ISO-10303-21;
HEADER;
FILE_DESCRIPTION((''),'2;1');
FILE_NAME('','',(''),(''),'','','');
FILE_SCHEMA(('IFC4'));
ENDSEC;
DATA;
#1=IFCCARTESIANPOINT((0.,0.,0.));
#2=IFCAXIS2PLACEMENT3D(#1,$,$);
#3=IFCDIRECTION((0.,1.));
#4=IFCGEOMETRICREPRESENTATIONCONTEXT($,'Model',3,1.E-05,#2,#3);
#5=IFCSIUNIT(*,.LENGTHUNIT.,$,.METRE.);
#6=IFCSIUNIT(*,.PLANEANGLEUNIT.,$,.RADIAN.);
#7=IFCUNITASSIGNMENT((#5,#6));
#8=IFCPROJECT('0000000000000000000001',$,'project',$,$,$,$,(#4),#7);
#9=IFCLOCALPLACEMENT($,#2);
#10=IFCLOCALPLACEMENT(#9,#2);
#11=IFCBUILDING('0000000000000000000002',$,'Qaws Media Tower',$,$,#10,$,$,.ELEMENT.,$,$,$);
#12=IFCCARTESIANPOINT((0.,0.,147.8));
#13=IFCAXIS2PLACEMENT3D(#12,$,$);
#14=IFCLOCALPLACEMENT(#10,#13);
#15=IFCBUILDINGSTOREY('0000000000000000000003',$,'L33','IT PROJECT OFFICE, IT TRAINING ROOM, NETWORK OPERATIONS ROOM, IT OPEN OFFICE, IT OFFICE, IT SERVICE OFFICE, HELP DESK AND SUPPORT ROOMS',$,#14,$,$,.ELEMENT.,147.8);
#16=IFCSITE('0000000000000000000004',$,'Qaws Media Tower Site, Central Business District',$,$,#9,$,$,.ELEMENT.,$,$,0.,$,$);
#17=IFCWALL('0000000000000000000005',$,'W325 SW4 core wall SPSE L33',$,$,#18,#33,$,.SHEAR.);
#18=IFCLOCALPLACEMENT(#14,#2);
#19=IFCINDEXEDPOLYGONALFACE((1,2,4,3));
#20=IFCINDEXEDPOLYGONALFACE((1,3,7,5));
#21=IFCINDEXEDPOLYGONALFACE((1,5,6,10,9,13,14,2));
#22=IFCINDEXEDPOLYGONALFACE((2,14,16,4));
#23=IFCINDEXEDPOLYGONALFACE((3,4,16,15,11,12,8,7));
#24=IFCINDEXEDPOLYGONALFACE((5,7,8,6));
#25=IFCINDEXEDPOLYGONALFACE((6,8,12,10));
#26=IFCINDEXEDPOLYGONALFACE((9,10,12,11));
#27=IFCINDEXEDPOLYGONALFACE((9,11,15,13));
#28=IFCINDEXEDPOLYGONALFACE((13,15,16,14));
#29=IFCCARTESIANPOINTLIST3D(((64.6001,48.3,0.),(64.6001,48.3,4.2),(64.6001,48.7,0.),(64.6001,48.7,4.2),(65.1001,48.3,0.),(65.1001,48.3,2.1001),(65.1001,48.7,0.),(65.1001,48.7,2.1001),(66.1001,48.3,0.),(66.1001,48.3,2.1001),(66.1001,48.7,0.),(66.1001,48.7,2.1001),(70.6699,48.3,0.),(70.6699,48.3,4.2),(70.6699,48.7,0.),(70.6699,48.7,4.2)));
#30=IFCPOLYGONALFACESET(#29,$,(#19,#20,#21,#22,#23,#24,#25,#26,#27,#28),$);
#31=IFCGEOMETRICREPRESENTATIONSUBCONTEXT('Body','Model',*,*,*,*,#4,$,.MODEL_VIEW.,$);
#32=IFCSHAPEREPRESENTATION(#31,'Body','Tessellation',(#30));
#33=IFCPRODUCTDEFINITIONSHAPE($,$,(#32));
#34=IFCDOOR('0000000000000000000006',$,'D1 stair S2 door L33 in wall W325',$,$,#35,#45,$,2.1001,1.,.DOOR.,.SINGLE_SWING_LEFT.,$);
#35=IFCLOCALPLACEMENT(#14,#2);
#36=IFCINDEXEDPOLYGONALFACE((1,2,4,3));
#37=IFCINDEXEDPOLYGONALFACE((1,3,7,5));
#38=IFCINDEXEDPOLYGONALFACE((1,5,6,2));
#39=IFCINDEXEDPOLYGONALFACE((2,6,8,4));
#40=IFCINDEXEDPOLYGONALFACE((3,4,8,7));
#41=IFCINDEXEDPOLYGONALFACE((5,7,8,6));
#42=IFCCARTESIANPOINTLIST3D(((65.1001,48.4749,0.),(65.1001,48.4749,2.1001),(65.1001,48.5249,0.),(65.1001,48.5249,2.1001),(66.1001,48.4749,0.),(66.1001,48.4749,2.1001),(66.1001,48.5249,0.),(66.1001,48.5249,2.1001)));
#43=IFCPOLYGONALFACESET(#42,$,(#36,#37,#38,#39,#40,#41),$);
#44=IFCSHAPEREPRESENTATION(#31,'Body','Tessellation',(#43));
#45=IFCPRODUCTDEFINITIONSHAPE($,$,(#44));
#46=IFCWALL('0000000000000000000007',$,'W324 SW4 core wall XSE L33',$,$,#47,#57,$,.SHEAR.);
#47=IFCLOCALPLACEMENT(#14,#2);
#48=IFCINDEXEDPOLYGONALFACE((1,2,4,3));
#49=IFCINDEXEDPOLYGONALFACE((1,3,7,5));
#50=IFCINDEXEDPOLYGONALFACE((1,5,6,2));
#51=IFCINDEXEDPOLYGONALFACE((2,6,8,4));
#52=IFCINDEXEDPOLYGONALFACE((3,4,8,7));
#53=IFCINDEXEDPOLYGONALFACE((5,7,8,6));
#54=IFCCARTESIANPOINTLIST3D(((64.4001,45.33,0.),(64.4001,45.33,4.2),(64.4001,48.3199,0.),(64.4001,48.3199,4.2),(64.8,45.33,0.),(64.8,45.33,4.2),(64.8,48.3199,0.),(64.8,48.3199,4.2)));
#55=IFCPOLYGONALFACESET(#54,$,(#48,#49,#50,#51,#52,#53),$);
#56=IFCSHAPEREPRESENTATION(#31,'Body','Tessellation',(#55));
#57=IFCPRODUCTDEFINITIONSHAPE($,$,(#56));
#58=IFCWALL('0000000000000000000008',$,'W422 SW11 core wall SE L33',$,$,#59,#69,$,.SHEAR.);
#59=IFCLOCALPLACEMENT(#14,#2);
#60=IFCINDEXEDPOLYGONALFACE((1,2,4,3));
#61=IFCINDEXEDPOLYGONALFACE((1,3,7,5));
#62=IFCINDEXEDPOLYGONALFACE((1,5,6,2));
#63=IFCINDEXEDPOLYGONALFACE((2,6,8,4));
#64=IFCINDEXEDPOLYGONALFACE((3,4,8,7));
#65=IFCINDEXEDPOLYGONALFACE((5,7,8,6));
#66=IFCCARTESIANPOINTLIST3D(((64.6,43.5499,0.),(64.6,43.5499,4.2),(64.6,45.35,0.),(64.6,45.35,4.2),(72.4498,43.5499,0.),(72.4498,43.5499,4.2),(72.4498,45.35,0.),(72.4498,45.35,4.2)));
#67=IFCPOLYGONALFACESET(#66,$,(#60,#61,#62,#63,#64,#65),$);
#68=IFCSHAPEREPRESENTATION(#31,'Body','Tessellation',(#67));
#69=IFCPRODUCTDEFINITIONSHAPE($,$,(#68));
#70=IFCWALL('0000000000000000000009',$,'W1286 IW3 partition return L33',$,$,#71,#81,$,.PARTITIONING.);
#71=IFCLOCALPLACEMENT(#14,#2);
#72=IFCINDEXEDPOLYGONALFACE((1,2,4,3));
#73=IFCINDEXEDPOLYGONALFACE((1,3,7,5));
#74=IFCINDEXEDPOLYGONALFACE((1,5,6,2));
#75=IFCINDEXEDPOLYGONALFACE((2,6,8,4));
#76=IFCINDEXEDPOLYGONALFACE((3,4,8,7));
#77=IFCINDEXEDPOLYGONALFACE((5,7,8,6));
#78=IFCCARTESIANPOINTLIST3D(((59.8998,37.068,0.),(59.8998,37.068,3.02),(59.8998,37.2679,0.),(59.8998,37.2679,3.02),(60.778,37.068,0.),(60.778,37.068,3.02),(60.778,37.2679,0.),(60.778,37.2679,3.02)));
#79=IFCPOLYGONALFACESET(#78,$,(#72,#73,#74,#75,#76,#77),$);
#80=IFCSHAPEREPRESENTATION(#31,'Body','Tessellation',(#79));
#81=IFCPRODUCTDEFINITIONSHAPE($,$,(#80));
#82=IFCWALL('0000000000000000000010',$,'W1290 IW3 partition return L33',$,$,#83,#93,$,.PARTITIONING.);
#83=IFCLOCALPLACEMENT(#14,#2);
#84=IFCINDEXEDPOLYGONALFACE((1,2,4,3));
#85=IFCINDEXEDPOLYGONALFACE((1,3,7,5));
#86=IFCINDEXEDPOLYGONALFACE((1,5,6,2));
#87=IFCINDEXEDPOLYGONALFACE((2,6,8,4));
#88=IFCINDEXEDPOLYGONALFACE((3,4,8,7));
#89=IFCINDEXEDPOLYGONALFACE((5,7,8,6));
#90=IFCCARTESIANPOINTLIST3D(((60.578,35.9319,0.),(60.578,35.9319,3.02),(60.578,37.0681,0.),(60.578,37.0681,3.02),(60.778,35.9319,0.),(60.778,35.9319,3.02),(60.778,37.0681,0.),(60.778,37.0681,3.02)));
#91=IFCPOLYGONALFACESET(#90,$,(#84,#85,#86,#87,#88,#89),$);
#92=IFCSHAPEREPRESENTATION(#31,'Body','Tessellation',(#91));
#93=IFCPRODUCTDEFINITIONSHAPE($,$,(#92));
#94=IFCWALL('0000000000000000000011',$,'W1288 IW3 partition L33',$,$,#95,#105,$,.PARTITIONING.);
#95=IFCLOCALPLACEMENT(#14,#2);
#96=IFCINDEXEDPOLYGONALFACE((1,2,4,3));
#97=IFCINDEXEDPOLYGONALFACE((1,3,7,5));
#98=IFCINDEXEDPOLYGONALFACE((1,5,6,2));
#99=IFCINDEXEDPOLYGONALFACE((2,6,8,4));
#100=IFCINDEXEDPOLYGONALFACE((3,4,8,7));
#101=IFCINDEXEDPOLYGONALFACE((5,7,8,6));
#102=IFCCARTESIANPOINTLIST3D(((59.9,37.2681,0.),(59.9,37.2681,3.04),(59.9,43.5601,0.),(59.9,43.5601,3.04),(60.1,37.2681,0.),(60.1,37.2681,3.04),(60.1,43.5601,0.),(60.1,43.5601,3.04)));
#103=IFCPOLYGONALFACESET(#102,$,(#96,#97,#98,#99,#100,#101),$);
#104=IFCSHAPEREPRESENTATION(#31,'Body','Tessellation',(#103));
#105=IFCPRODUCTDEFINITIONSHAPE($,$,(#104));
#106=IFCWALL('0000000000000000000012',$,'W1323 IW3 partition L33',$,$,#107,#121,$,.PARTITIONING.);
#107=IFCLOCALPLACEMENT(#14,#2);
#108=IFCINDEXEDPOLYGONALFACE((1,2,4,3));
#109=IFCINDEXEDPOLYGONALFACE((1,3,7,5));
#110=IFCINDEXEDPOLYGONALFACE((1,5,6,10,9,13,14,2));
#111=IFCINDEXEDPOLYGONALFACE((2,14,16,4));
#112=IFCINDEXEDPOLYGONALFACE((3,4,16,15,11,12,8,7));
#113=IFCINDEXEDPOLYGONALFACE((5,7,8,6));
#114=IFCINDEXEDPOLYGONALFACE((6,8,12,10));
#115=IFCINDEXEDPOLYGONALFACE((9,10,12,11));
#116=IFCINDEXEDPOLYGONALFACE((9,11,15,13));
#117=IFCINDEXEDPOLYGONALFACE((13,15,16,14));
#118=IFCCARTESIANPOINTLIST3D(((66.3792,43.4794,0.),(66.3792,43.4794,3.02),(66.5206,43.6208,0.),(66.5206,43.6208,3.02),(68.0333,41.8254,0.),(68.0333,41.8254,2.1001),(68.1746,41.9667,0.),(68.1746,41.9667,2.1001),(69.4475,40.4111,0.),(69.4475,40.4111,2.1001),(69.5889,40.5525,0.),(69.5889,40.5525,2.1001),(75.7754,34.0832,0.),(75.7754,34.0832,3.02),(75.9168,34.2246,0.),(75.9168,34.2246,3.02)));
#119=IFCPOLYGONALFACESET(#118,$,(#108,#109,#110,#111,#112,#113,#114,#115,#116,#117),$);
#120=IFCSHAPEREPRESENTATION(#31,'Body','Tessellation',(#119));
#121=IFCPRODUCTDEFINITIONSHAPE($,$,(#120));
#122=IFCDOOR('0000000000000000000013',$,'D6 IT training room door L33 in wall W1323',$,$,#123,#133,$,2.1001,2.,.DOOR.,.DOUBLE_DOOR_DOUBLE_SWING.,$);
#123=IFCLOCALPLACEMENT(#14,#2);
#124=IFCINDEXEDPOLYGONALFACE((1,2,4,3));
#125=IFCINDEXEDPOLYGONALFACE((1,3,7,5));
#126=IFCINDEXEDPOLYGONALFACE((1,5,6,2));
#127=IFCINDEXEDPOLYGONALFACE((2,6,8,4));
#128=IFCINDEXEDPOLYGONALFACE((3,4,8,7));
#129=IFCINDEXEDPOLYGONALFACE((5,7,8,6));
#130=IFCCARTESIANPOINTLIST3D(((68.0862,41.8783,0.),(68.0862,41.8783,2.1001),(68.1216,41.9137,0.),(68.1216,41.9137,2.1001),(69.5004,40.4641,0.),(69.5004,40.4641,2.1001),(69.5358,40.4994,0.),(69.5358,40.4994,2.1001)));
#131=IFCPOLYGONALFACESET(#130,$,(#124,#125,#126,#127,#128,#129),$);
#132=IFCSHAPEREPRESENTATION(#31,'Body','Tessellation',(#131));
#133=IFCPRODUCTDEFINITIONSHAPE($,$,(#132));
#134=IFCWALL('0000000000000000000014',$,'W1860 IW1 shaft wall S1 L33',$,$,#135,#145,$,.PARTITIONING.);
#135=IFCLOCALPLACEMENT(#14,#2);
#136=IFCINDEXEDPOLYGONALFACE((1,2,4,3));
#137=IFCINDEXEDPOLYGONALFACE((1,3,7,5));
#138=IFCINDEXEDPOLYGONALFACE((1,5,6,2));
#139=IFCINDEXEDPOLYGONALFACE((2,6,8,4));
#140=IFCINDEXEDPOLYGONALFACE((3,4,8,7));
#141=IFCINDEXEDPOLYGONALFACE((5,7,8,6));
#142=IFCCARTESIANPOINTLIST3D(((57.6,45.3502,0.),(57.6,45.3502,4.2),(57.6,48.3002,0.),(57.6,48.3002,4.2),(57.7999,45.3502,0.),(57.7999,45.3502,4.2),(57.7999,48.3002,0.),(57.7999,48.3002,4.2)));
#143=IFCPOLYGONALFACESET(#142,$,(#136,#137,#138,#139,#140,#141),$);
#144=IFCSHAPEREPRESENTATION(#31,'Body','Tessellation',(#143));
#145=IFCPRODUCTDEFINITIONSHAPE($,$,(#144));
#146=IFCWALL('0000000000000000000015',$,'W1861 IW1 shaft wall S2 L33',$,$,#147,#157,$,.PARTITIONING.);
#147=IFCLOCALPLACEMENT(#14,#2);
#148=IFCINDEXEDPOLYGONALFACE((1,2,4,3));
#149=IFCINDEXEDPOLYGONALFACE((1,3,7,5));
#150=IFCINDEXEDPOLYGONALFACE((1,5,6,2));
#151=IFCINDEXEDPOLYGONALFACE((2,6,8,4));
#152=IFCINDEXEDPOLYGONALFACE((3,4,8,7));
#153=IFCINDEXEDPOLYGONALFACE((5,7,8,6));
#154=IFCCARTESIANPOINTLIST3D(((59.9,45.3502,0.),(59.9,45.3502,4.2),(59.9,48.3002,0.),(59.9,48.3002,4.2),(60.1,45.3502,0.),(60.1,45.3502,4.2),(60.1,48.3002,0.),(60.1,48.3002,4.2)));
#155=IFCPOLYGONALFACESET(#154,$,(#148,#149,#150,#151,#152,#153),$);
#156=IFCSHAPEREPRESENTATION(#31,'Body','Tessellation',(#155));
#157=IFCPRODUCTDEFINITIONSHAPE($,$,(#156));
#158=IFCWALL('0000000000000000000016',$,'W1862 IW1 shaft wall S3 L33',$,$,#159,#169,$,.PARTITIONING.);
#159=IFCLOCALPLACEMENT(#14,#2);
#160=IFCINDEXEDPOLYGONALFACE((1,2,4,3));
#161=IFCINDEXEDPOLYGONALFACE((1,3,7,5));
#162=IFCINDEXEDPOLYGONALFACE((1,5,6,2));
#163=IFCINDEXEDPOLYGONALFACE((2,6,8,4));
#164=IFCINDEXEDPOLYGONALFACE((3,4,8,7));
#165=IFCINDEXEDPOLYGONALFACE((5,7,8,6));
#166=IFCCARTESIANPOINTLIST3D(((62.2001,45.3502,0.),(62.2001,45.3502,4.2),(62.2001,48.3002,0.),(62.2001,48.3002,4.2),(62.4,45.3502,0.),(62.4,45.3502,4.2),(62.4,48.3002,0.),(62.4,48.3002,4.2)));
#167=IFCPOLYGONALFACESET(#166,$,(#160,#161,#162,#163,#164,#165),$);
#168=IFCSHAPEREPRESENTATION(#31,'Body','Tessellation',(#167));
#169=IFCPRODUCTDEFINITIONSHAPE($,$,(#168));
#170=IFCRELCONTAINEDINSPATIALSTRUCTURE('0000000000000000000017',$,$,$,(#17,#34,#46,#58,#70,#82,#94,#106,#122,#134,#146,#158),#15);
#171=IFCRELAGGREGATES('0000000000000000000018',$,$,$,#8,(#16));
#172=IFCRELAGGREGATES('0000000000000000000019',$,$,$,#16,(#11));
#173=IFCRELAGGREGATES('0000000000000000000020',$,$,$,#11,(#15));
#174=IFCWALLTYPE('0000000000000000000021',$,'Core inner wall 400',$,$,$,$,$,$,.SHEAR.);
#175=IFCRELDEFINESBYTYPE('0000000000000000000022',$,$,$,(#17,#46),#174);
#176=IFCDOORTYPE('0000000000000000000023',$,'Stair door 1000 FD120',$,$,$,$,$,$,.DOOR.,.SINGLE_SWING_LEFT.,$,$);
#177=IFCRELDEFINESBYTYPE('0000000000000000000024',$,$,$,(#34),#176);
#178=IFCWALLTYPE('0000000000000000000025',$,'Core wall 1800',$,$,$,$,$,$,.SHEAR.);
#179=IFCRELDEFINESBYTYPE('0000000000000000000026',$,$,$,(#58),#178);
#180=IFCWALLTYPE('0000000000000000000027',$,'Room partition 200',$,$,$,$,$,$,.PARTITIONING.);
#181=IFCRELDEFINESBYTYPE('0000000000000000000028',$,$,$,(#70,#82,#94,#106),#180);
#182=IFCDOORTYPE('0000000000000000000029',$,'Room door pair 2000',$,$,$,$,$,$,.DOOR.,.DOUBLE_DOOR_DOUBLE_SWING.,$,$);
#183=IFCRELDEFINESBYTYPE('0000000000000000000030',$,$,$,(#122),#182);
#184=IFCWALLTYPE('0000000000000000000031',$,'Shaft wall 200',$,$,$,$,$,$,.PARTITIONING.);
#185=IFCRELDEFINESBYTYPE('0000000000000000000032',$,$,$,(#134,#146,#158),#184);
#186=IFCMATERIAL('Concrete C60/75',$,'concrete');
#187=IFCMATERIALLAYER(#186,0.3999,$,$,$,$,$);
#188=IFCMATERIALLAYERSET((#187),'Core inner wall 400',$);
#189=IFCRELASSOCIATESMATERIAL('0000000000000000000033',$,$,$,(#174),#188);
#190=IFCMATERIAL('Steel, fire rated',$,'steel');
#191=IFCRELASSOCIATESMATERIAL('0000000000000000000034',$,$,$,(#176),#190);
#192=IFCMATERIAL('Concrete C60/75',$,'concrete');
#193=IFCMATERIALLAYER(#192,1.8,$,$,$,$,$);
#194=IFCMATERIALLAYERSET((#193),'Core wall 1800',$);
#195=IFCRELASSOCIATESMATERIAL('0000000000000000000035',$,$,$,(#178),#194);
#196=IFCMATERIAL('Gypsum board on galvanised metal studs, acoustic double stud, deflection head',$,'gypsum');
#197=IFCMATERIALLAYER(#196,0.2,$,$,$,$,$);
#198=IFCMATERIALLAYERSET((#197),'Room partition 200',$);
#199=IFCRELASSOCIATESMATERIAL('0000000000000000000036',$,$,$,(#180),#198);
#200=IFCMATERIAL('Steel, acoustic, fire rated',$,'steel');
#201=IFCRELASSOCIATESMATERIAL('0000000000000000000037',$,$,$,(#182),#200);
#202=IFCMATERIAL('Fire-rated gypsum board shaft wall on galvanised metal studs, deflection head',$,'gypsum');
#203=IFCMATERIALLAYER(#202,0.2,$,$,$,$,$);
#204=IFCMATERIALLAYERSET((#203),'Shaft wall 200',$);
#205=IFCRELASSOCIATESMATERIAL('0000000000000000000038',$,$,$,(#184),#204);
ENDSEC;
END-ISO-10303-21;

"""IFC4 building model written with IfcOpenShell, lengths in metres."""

from ifc_helpers import new_model, si_unit, direction, frame, frame_2d, origin, place, context, subcontext, project, spatial, rectangle, extrude, material, layer, layer_set, type_object, element, fill, save


model = new_model("IFC4")

# Units and contexts
model_context = context("Model", 3, precision=1e-05, world=origin(), true_north=direction((0.0, 1.0)))
body_context = subcontext(model_context, "Body", "Model", "MODEL_VIEW")
ifc_project = project(units=[si_unit("LENGTHUNIT", "METRE"), si_unit("PLANEANGLEUNIT", "RADIAN")], contexts=[model_context])

# Site, building, storey
site_placement = place(None, origin())
site = spatial("IfcSite", under=ifc_project, at=site_placement, Name="Qaws Media Tower Site, Central Business District", CompositionType="ELEMENT", RefElevation=0.0)
building_placement = place(site_placement, origin())
building = spatial("IfcBuilding", under=site, at=building_placement, Name="Qaws Media Tower", CompositionType="ELEMENT")
storey_placement = place(building_placement, frame((0.0, 0.0, 147.8)))
storey = spatial("IfcBuildingStorey", under=building, at=storey_placement, Name="L33", Description="IT PROJECT OFFICE, IT TRAINING ROOM, NETWORK OPERATIONS ROOM, IT OPEN OFFICE, IT OFFICE, IT SERVICE OFFICE, HELP DESK AND SUPPORT ROOMS", CompositionType="ELEMENT", Elevation=147.8)

# Wall, opening, door
ifc_material_1 = material(Name="Concrete C60/75", Category="concrete")
ifc_layer_1 = layer(ifc_material_1, 0.3999)
ifc_layer_set_1 = layer_set([ifc_layer_1], Name="Core inner wall 400")
wall_type_1 = type_object("IfcWallType", Name="Core inner wall 400", PredefinedType="SHEAR", material=ifc_layer_set_1)
wall_1_placement = place(storey_placement, frame((64.6001, 48.5, 0.0), z_axis=(0.0, 0.0, 1.0), x_axis=(1.0, 0.0, 0.0)))
wall_1 = element("IfcWall", 1, at=wall_1_placement, inside=storey, type_object=wall_type_1, Name="W325 SW4 core wall SPSE L33", PredefinedType="SHEAR", context=body_context, shape_type="SweptSolid", body=[
    extrude(rectangle(XDim=6.0698, YDim=0.3999, at=frame_2d((3.0349, 0.0))), origin(), (0.0, 0.0, 1.0), 4.2),
])
opening_1_placement = place(wall_1_placement, frame((0.5, 0.0, 0.0)))
opening_1 = element("IfcOpeningElement", 2, at=opening_1_placement, cuts=wall_1, PredefinedType="OPENING", context=body_context, shape_type="SweptSolid", body=[
    extrude(rectangle(XDim=1.0, YDim=2.1001, at=frame_2d((0.5, 1.05))), frame((0.0, 0.21, 0.0), z_axis=(0.0, -1.0, 0.0), x_axis=(1.0, 0.0, 0.0)), (0.0, 0.0, 1.0), 0.4199),
])
ifc_material_2 = material(Name="Steel, fire rated", Category="steel")
door_type_1 = type_object("IfcDoorType", Name="Stair door 1000 FD120", OperationType="SINGLE_SWING_LEFT", PredefinedType="DOOR", material=ifc_material_2)
door_1_placement = place(opening_1_placement, origin())
door_1 = element("IfcDoor", 3, at=door_1_placement, inside=storey, type_object=door_type_1, Name="D1 stair S2 door L33 in wall W325", OperationType="SINGLE_SWING_LEFT", OverallHeight=2.1001, OverallWidth=1.0, PredefinedType="DOOR", context=body_context, shape_type="SweptSolid", body=[
    extrude(rectangle(XDim=1.0, YDim=2.1001, at=frame_2d((0.5, 1.05))), frame((0.0, 0.0249, 0.0), z_axis=(0.0, -1.0, 0.0), x_axis=(1.0, 0.0, 0.0)), (0.0, 0.0, 1.0), 0.05),
])
fill(opening_1, door_1)

# Walls
wall_2_placement = place(storey_placement, frame((64.6001, 48.3201, 0.0), z_axis=(0.0, 0.0, 1.0), x_axis=(0.0, -1.0, 0.0)))
element("IfcWall", 4, at=wall_2_placement, inside=storey, type_object=wall_type_1, Name="W324 SW4 core wall XSE L33", PredefinedType="SHEAR", context=body_context, shape_type="SweptSolid", body=[
    extrude(rectangle(XDim=2.99, YDim=0.3999, at=frame_2d((1.4951, 0.0))), origin(), (0.0, 0.0, 1.0), 4.2),
])
ifc_material_3 = material(Name="Concrete C60/75", Category="concrete")
ifc_layer_2 = layer(ifc_material_3, 1.8)
ifc_layer_set_2 = layer_set([ifc_layer_2], Name="Core wall 1800")
wall_type_2 = type_object("IfcWallType", Name="Core wall 1800", PredefinedType="SHEAR", material=ifc_layer_set_2)
wall_3_placement = place(storey_placement, frame((64.6001, 44.45, 0.0), z_axis=(0.0, 0.0, 1.0), x_axis=(1.0, 0.0, 0.0)))
element("IfcWall", 5, at=wall_3_placement, inside=storey, type_object=wall_type_2, Name="W422 SW11 core wall SE L33", PredefinedType="SHEAR", context=body_context, shape_type="SweptSolid", body=[
    extrude(rectangle(XDim=7.8499, YDim=1.8, at=frame_2d((3.9248, 0.0))), origin(), (0.0, 0.0, 1.0), 4.2),
])
ifc_material_4 = material(Name="Gypsum board on galvanised metal studs, acoustic double stud, deflection head", Category="gypsum")
ifc_layer_3 = layer(ifc_material_4, 0.2)
ifc_layer_set_3 = layer_set([ifc_layer_3], Name="Room partition 200")
wall_type_3 = type_object("IfcWallType", Name="Room partition 200", PredefinedType="PARTITIONING", material=ifc_layer_set_3)
wall_4_placement = place(storey_placement, frame((59.8999, 37.168, 0.0), z_axis=(0.0, 0.0, 1.0), x_axis=(1.0, 0.0, 0.0)))
element("IfcWall", 6, at=wall_4_placement, inside=storey, type_object=wall_type_3, Name="W1286 IW3 partition return L33", PredefinedType="PARTITIONING", context=body_context, shape_type="SweptSolid", body=[
    extrude(rectangle(XDim=0.8782, YDim=0.2, at=frame_2d((0.439, 0.0))), origin(), (0.0, 0.0, 1.0), 3.02),
])
wall_5_placement = place(storey_placement, frame((60.678, 37.0681, 0.0), z_axis=(0.0, 0.0, 1.0), x_axis=(0.0, -1.0, 0.0)))
element("IfcWall", 7, at=wall_5_placement, inside=storey, type_object=wall_type_3, Name="W1290 IW3 partition return L33", PredefinedType="PARTITIONING", context=body_context, shape_type="SweptSolid", body=[
    extrude(rectangle(XDim=1.1362, YDim=0.2, at=frame_2d((0.5681, 0.0))), origin(), (0.0, 0.0, 1.0), 3.02),
])
wall_6_placement = place(storey_placement, frame((60.0, 43.5601, 0.0), z_axis=(0.0, 0.0, 1.0), x_axis=(0.0, -1.0, 0.0)))
element("IfcWall", 8, at=wall_6_placement, inside=storey, type_object=wall_type_3, Name="W1288 IW3 partition L33", PredefinedType="PARTITIONING", context=body_context, shape_type="SweptSolid", body=[
    extrude(rectangle(XDim=6.292, YDim=0.2, at=frame_2d((3.146, 0.0))), origin(), (0.0, 0.0, 1.0), 3.04),
])

# Wall, opening, door
wall_7_placement = place(storey_placement, frame((66.45, 43.55, 0.0), z_axis=(0.0, 0.0, 1.0), x_axis=(0.707107, -0.707107, 0.0)))
wall_7 = element("IfcWall", 9, at=wall_7_placement, inside=storey, type_object=wall_type_3, Name="W1323 IW3 partition L33", PredefinedType="PARTITIONING", context=body_context, shape_type="SweptSolid", body=[
    extrude(rectangle(XDim=13.2883, YDim=0.2, at=frame_2d((6.644, 0.0))), origin(), (0.0, 0.0, 1.0), 3.02),
])
opening_2_placement = place(wall_7_placement, frame((2.3391, 0.0, 0.0)))
opening_2 = element("IfcOpeningElement", 10, at=opening_2_placement, cuts=wall_7, PredefinedType="OPENING", context=body_context, shape_type="SweptSolid", body=[
    extrude(rectangle(XDim=2.0, YDim=2.1001, at=frame_2d((1.0, 1.05))), frame((0.0, 0.1099, 0.0), z_axis=(0.0, -1.0, 0.0), x_axis=(1.0, 0.0, 0.0)), (0.0, 0.0, 1.0), 0.22),
])
ifc_material_5 = material(Name="Steel, acoustic, fire rated", Category="steel")
door_type_2 = type_object("IfcDoorType", Name="Room door pair 2000", OperationType="DOUBLE_DOOR_DOUBLE_SWING", PredefinedType="DOOR", material=ifc_material_5)
door_2_placement = place(opening_2_placement, origin())
door_2 = element("IfcDoor", 11, at=door_2_placement, inside=storey, type_object=door_type_2, Name="D6 IT training room door L33 in wall W1323", OperationType="DOUBLE_DOOR_DOUBLE_SWING", OverallHeight=2.1001, OverallWidth=2.0, PredefinedType="DOOR", context=body_context, shape_type="SweptSolid", body=[
    extrude(rectangle(XDim=2.0, YDim=2.1001, at=frame_2d((1.0, 1.05))), frame((0.0, 0.0249, 0.0), z_axis=(0.0, -1.0, 0.0), x_axis=(1.0, 0.0, 0.0)), (0.0, 0.0, 1.0), 0.05),
])
fill(opening_2, door_2)

# Walls
ifc_material_6 = material(Name="Fire-rated gypsum board shaft wall on galvanised metal studs, deflection head", Category="gypsum")
ifc_layer_4 = layer(ifc_material_6, 0.2)
ifc_layer_set_4 = layer_set([ifc_layer_4], Name="Shaft wall 200")
wall_type_4 = type_object("IfcWallType", Name="Shaft wall 200", PredefinedType="PARTITIONING", material=ifc_layer_set_4)
for number, where, z_axis, x_axis, name in (
    (12, (57.7, 45.3501, 0.0), (0.0, 0.0, 1.0), (0.0, 1.0, 0.0), "W1860 IW1 shaft wall S1 L33"),
    (13, (60.0, 45.3501, 0.0), (0.0, 0.0, 1.0), (0.0, 1.0, 0.0), "W1861 IW1 shaft wall S2 L33"),
    (14, (62.3, 45.3501, 0.0), (0.0, 0.0, 1.0), (0.0, 1.0, 0.0), "W1862 IW1 shaft wall S3 L33"),
):
    element("IfcWall", number, at=place(storey_placement, frame(where, z_axis=z_axis, x_axis=x_axis)), inside=storey, type_object=wall_type_4, Name=name, PredefinedType="PARTITIONING", context=body_context, shape_type="SweptSolid", body=[
        extrude(rectangle(XDim=2.95, YDim=0.2, at=frame_2d((1.4751, 0.0))), origin(), (0.0, 0.0, 1.0), 4.2),
    ])

save(model, "model.ifc")
